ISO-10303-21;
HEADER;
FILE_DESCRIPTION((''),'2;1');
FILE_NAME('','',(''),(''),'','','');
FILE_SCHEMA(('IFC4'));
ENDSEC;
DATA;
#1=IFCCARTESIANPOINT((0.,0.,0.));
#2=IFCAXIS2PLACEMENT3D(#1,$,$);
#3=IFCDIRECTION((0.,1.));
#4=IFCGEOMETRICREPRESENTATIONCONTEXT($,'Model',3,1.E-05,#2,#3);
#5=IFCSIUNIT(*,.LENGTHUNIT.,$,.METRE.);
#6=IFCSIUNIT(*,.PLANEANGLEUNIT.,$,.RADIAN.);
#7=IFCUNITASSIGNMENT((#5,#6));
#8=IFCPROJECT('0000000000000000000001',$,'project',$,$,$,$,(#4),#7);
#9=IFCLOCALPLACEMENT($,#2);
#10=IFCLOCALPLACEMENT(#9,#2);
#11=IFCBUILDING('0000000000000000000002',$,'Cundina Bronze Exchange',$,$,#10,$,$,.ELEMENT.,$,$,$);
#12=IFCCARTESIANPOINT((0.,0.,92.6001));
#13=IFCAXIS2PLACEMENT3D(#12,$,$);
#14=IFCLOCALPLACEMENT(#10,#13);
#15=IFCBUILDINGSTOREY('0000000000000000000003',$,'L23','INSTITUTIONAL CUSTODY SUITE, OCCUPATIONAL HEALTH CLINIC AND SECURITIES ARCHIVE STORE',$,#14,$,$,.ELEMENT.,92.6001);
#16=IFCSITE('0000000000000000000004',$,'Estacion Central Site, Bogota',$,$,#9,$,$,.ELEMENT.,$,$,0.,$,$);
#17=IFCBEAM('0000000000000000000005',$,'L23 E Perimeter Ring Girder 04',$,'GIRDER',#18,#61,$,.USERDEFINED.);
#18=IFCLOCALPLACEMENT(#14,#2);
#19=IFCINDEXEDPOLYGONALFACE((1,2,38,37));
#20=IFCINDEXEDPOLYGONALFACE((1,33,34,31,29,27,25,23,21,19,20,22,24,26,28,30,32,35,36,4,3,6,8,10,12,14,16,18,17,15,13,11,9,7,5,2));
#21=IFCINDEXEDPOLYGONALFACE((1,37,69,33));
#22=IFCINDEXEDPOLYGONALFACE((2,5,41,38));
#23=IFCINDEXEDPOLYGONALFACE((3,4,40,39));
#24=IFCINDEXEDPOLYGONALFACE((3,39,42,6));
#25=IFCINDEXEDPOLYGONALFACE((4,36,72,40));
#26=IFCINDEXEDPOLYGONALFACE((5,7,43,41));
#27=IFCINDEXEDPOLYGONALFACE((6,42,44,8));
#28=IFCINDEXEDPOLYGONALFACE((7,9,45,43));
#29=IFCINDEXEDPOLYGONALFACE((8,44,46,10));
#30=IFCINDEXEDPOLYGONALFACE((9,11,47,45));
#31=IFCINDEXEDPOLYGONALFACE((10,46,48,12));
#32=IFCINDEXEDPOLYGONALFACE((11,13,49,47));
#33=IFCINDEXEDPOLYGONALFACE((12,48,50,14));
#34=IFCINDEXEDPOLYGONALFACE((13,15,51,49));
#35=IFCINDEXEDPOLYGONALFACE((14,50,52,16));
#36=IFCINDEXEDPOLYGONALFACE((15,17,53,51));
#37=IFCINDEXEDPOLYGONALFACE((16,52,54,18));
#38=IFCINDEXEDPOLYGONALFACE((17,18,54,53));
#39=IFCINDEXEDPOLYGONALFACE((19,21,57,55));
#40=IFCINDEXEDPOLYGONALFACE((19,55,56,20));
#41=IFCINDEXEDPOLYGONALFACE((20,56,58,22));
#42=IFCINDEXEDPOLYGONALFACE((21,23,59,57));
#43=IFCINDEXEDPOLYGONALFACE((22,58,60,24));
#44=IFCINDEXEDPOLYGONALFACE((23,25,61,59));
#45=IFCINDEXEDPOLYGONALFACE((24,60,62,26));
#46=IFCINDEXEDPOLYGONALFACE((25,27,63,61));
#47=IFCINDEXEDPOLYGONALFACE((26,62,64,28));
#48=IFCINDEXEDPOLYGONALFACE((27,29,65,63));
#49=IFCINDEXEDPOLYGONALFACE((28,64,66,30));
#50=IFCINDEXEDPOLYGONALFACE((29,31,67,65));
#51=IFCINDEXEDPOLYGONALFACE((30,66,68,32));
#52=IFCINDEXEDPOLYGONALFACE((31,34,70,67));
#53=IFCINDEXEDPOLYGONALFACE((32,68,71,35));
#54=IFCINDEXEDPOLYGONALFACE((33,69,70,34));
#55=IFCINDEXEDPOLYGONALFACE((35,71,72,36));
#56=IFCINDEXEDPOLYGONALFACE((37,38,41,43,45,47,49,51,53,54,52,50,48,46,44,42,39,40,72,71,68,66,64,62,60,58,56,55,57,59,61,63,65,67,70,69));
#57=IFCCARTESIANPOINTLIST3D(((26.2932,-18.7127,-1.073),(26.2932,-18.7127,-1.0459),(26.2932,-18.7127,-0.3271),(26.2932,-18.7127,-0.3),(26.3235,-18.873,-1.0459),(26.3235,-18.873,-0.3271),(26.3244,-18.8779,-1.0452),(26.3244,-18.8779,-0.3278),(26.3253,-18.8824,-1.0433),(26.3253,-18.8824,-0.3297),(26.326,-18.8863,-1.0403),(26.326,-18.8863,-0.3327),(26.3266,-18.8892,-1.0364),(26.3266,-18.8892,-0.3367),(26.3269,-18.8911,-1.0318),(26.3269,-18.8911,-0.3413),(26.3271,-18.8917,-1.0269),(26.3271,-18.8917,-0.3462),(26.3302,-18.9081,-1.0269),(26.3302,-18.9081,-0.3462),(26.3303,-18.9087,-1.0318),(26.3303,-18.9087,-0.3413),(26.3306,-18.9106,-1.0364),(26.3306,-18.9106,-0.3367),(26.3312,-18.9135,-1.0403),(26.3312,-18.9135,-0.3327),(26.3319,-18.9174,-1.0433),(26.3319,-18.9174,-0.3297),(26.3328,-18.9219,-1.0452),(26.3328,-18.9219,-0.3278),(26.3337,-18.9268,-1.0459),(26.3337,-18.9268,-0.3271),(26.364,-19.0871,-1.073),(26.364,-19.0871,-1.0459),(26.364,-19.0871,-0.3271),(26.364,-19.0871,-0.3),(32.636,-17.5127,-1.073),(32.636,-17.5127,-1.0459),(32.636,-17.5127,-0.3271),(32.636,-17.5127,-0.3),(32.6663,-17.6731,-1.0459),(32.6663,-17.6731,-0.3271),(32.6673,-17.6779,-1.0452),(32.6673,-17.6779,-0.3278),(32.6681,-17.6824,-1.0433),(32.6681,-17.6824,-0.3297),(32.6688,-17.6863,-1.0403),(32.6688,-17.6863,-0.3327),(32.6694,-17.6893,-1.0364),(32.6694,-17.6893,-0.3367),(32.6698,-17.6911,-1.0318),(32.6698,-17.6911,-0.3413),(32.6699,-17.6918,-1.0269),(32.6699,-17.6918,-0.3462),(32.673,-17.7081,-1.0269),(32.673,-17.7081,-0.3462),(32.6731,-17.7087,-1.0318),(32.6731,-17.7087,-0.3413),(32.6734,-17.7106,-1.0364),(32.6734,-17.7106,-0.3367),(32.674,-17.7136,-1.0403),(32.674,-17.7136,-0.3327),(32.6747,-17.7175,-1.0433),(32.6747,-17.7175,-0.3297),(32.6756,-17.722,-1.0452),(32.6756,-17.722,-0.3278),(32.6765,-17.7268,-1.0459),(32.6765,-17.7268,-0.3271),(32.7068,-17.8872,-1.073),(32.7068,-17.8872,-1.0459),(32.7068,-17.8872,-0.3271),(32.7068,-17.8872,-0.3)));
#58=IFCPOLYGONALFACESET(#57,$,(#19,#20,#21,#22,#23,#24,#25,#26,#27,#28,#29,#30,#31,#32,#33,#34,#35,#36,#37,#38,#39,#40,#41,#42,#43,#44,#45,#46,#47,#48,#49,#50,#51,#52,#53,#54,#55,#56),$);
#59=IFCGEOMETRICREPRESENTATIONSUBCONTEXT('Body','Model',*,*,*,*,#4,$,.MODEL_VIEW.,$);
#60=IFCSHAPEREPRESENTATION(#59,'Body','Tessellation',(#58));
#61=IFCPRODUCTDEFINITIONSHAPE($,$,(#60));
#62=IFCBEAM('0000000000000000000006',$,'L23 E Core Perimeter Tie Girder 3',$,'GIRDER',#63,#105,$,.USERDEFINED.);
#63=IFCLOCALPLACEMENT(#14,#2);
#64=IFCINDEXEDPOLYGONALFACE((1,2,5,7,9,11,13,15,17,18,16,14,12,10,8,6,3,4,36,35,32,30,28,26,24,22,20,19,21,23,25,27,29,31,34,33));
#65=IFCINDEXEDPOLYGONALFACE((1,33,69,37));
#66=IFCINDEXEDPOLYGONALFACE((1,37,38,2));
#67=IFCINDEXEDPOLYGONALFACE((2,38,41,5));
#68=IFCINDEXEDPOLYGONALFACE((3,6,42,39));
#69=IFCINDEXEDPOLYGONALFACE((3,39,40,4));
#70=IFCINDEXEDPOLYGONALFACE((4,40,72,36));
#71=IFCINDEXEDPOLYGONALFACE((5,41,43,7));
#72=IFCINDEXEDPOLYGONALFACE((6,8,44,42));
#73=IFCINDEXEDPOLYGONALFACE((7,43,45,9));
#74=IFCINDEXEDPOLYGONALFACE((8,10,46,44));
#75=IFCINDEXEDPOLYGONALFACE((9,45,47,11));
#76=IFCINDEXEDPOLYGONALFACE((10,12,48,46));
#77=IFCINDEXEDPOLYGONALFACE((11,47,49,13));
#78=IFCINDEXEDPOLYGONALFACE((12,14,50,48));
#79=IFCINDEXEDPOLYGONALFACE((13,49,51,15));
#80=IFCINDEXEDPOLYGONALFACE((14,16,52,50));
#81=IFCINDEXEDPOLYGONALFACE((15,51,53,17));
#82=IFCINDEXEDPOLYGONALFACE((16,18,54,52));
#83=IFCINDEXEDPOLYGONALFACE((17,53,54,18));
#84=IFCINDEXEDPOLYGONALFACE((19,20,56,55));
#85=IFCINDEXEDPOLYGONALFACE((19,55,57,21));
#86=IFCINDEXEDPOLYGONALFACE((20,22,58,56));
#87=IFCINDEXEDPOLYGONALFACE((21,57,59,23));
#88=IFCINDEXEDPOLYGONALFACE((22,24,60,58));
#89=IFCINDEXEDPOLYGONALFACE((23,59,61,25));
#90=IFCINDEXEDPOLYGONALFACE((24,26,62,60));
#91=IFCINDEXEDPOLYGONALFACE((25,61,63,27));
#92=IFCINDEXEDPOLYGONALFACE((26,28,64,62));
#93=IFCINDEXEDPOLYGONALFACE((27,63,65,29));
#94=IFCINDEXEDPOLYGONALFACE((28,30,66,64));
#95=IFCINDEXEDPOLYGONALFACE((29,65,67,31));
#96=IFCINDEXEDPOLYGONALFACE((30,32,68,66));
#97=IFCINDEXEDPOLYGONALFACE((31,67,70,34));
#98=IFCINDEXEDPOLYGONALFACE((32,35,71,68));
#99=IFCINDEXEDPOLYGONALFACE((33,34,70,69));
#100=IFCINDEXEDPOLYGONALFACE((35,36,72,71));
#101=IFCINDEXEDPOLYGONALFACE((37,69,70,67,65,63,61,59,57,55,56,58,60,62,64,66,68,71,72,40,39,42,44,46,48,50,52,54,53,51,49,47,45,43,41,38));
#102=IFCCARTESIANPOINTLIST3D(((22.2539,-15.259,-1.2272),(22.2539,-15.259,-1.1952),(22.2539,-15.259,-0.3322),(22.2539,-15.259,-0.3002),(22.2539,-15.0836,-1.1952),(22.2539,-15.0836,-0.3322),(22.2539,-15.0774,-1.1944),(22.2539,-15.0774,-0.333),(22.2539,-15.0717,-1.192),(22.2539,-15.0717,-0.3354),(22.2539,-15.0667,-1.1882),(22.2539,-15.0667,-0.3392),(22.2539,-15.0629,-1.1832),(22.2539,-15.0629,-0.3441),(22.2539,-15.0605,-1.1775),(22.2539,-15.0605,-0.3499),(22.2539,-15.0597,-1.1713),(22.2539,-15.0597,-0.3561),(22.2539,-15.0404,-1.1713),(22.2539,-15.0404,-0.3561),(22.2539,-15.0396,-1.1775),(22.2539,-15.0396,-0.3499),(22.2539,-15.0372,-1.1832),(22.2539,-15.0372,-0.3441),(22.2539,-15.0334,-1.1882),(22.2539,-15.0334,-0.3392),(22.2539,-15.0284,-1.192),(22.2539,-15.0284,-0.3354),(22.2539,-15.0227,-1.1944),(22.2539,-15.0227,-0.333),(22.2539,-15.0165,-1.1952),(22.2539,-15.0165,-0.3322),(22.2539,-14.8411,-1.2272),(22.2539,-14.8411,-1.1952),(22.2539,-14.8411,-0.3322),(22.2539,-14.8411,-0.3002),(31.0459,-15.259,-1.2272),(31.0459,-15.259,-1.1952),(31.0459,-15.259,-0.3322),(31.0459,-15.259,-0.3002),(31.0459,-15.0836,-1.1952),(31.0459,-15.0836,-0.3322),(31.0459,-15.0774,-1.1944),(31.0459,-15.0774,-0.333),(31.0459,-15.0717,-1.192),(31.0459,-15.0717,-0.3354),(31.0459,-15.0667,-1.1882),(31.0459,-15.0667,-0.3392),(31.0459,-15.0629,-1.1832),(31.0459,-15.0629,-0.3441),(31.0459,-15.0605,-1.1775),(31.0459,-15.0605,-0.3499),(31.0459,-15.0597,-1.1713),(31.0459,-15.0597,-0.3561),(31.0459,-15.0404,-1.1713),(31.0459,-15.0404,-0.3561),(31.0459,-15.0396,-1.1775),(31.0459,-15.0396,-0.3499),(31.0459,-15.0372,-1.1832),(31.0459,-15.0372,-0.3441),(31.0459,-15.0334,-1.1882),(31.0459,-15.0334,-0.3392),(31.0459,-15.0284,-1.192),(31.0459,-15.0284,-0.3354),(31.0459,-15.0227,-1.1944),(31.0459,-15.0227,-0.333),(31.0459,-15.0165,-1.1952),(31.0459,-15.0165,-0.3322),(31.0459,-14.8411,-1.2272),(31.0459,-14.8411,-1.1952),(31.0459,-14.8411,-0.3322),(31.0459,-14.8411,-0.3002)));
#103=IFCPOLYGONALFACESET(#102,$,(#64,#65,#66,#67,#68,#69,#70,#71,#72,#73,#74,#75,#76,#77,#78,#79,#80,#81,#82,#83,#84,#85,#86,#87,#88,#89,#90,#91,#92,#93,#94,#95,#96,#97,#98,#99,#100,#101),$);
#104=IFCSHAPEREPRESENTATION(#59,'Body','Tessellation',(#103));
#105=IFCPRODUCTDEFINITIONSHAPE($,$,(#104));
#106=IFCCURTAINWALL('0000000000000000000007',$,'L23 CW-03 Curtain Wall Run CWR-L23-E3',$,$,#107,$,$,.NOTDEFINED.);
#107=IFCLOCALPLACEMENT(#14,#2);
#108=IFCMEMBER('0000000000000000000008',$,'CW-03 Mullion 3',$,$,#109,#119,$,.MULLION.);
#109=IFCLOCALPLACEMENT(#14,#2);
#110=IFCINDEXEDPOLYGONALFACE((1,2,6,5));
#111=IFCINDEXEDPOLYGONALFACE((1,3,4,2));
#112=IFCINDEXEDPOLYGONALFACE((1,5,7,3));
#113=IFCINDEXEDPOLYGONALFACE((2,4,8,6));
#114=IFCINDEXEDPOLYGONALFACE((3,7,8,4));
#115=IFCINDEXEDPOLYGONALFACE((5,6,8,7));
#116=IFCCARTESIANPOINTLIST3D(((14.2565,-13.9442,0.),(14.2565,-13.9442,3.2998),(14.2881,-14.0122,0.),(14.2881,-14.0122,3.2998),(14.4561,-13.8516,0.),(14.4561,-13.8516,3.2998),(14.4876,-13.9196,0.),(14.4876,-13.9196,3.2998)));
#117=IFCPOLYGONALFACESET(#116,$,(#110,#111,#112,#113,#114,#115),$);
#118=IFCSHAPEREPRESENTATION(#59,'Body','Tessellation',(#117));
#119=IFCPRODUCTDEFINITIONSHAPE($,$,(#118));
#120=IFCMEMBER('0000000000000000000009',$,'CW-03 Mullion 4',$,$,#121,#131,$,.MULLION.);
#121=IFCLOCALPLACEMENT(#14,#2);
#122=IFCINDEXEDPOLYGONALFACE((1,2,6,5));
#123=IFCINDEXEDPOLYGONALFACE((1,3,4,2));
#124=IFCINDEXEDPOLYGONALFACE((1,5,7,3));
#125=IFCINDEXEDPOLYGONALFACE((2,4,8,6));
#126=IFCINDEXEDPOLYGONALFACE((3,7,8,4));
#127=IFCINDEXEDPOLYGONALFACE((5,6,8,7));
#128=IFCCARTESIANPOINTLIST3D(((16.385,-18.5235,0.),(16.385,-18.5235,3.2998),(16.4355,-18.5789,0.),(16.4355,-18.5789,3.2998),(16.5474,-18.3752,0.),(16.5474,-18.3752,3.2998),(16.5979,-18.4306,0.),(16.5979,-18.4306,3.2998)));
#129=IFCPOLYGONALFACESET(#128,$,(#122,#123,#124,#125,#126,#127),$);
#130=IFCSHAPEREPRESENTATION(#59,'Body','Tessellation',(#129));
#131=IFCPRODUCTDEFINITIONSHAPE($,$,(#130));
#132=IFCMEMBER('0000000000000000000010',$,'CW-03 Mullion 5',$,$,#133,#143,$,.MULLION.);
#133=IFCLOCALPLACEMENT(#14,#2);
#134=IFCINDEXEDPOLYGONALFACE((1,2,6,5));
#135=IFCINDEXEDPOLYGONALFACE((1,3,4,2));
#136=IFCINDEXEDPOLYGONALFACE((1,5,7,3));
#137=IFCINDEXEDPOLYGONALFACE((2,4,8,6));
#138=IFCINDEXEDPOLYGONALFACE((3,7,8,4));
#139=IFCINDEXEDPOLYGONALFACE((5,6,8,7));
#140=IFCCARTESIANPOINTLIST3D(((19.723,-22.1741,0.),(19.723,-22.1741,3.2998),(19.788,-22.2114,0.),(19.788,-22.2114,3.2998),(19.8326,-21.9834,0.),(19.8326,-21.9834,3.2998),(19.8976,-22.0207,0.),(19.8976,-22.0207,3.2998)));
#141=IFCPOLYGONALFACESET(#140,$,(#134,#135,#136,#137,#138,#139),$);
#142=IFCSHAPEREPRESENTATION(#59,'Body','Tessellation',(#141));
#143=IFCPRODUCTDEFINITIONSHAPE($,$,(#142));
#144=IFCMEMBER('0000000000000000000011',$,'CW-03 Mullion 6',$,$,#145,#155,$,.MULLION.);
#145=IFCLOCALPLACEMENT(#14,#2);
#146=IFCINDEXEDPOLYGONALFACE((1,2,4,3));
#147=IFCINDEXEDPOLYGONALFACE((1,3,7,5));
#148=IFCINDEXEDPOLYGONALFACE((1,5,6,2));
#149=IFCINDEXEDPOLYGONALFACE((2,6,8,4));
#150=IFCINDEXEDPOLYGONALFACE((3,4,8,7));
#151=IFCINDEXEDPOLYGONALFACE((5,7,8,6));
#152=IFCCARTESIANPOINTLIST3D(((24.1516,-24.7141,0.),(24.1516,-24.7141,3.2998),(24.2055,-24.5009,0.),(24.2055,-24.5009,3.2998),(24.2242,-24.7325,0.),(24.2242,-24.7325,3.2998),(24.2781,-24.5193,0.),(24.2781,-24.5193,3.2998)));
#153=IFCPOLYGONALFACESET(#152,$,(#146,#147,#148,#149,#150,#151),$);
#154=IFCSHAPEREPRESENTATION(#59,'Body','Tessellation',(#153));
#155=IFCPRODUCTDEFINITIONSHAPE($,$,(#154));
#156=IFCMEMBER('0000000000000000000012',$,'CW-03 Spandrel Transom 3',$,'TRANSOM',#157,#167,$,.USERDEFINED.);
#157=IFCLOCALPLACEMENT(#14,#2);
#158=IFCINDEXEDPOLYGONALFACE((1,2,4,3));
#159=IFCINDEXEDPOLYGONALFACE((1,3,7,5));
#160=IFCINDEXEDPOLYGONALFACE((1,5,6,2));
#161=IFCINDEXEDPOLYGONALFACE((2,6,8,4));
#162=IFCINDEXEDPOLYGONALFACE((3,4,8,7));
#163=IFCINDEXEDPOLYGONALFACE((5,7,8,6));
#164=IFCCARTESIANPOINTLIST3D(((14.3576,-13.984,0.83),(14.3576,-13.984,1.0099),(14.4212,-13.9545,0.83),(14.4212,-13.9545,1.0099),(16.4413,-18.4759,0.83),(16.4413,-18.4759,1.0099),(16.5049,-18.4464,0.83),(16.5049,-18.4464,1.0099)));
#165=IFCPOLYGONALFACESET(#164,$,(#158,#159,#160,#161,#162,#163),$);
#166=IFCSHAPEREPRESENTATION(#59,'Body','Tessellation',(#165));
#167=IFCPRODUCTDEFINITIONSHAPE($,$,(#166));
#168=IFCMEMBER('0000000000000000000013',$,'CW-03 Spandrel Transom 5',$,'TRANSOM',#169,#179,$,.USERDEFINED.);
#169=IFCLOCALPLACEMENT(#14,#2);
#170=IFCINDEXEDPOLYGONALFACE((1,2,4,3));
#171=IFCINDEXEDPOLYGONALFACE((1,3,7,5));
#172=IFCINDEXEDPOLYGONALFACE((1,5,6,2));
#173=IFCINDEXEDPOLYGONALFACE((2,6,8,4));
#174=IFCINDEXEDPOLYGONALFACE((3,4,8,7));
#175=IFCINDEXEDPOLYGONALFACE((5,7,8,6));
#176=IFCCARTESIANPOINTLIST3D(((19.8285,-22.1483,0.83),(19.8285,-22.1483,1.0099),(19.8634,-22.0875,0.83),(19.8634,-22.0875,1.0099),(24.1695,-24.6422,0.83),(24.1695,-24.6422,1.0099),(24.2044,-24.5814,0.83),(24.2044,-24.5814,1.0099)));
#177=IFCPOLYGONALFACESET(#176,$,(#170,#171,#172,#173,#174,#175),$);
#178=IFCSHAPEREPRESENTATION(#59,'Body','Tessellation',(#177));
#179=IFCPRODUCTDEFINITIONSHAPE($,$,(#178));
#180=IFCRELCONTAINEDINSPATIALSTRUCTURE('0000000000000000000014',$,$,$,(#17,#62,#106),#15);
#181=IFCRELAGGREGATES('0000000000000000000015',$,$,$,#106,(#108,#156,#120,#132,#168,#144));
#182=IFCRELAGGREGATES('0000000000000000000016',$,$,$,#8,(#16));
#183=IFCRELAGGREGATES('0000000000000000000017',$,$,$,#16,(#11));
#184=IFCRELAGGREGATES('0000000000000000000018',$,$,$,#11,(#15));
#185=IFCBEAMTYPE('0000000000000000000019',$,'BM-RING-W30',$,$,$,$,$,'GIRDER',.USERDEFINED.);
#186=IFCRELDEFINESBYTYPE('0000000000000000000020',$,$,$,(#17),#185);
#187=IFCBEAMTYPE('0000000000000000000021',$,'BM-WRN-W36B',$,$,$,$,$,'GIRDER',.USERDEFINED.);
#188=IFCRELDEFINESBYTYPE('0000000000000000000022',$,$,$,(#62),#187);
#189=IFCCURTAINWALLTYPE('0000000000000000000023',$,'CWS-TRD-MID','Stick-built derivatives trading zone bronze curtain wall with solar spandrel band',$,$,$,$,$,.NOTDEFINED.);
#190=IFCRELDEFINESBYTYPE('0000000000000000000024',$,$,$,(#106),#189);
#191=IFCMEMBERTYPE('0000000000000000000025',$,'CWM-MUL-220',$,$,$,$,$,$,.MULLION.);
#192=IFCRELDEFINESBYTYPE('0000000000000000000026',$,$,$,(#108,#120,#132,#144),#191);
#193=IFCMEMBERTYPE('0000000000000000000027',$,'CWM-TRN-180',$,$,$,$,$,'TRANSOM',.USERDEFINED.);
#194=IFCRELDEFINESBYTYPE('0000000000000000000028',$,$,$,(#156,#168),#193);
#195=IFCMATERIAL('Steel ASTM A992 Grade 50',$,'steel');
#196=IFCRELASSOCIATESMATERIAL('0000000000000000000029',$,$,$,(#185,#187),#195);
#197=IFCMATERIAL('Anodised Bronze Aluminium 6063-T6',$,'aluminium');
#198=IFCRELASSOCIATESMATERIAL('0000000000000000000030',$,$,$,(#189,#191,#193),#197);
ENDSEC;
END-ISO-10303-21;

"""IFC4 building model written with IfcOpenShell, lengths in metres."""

from ifc_helpers import new_model, si_unit, direction, frame, origin, origin_2d, place, context, subcontext, project, spatial, rectangle, i_section, extrude, material, material_profile, profile_set, type_object, element, aggregate, save


model = new_model("IFC4")

# Units and contexts
model_context = context("Model", 3, precision=1e-05, world=origin(), true_north=direction((0.0, 1.0)))
body_context = subcontext(model_context, "Body", "Model", "MODEL_VIEW")
ifc_project = project(units=[si_unit("LENGTHUNIT", "METRE"), si_unit("PLANEANGLEUNIT", "RADIAN")], contexts=[model_context])

# Site, building, storey
site_placement = place(None, origin())
site = spatial("IfcSite", under=ifc_project, at=site_placement, Name="Estacion Central Site, Bogota", CompositionType="ELEMENT", RefElevation=0.0)
building_placement = place(site_placement, origin())
building = spatial("IfcBuilding", under=site, at=building_placement, Name="Cundina Bronze Exchange", CompositionType="ELEMENT")
storey_placement = place(building_placement, frame((0.0, 0.0, 92.6001)))
storey = spatial("IfcBuildingStorey", under=building, at=storey_placement, Name="L23", Description="INSTITUTIONAL CUSTODY SUITE, OCCUPATIONAL HEALTH CLINIC AND SECURITIES ARCHIVE STORE", CompositionType="ELEMENT", Elevation=92.6001)

# Shared definitions
ifc_material_1 = material(Name="Steel ASTM A992 Grade 50", Category="steel")

# Beams
ifc_material_profile_1 = material_profile(ifc_material_1, i_section(OverallWidth=0.3811, OverallDepth=0.7729, WebThickness=0.0166, FlangeThickness=0.0271, FilletRadius=0.019, at=origin_2d()), Name="W30X173", Category="steel")
ifc_profile_set_1 = profile_set([ifc_material_profile_1], Name="Steel ASTM A992 Grade 50")
beam_type_1 = type_object("IfcBeamType", Name="BM-RING-W30", ElementType="GIRDER", PredefinedType="USERDEFINED", material=ifc_profile_set_1)
beam_1_placement = place(storey_placement, frame((26.3286, -18.8999, -0.6865), z_axis=(0.982571, 0.185887, 0.0), x_axis=(-0.185887, 0.982571, 0.0)))
element("IfcBeam", 1, at=beam_1_placement, inside=storey, type_object=beam_type_1, Name="L23 E Perimeter Ring Girder 04", ObjectType="GIRDER", PredefinedType="USERDEFINED", context=body_context, shape_type="SweptSolid", body=[
    extrude(i_section(OverallWidth=0.3811, OverallDepth=0.7729, WebThickness=0.0166, FlangeThickness=0.0271, FilletRadius=0.019, at=origin_2d()), origin(), (0.0, 0.0, 1.0), 6.4553),
])
ifc_material_profile_2 = material_profile(ifc_material_1, i_section(OverallWidth=0.418, OverallDepth=0.927, WebThickness=0.0193, FlangeThickness=0.032, FilletRadius=0.0239, at=origin_2d()), Name="W36X231", Category="steel")
ifc_profile_set_2 = profile_set([ifc_material_profile_2], Name="Steel ASTM A992 Grade 50")
beam_type_2 = type_object("IfcBeamType", Name="BM-WRN-W36B", ElementType="GIRDER", PredefinedType="USERDEFINED", material=ifc_profile_set_2)
beam_2_placement = place(storey_placement, frame((22.2539, -15.05, -0.7637), z_axis=(1.0, 0.0, 0.0), x_axis=(0.0, 1.0, 0.0)))
element("IfcBeam", 2, at=beam_2_placement, inside=storey, type_object=beam_type_2, Name="L23 E Core Perimeter Tie Girder 3", ObjectType="GIRDER", PredefinedType="USERDEFINED", context=body_context, shape_type="SweptSolid", body=[
    extrude(i_section(OverallWidth=0.418, OverallDepth=0.927, WebThickness=0.0193, FlangeThickness=0.032, FilletRadius=0.0239, at=origin_2d()), origin(), (0.0, 0.0, 1.0), 8.792),
])

# Curtain wall, members
ifc_material_2 = material(Name="Anodised Bronze Aluminium 6063-T6", Category="aluminium")
curtain_wall_type = type_object("IfcCurtainWallType", Name="CWS-TRD-MID", Description="Stick-built derivatives trading zone bronze curtain wall with solar spandrel band", PredefinedType="NOTDEFINED", material=ifc_material_2)
curtain_wall_placement = place(storey_placement, origin())
curtain_wall = element("IfcCurtainWall", 3, at=curtain_wall_placement, inside=storey, type_object=curtain_wall_type, Name="L23 CW-03 Curtain Wall Run CWR-L23-E3", PredefinedType="NOTDEFINED")
ifc_material_profile_3 = material_profile(ifc_material_2, rectangle(XDim=0.075, YDim=0.22, at=origin_2d()), Name="AL75X220", Category="aluminium")
ifc_profile_set_3 = profile_set([ifc_material_profile_3], Name="Anodised Bronze Aluminium 6063-T6")
member_type_1 = type_object("IfcMemberType", Name="CWM-MUL-220", PredefinedType="MULLION", material=ifc_profile_set_3)
member_1_placement = place(storey_placement, frame((14.3721, -13.9319, 0.0), z_axis=(0.0, 0.0, 1.0), x_axis=(0.420877, -0.907117, 0.0)))
member_1 = element("IfcMember", 4, at=member_1_placement, type_object=member_type_1, Name="CW-03 Mullion 3", PredefinedType="MULLION", context=body_context, shape_type="SweptSolid", body=[
    extrude(rectangle(XDim=0.075, YDim=0.22, at=origin_2d()), origin(), (0.0, 0.0, 1.0), 3.2998),
])
member_2_placement = place(storey_placement, frame((16.4915, -18.4771, 0.0), z_axis=(0.0, 0.0, 1.0), x_axis=(0.674302, -0.738455, 0.0)))
member_2 = element("IfcMember", 5, at=member_2_placement, type_object=member_type_1, Name="CW-03 Mullion 4", PredefinedType="MULLION", context=body_context, shape_type="SweptSolid", body=[
    extrude(rectangle(XDim=0.075, YDim=0.22, at=origin_2d()), origin(), (0.0, 0.0, 1.0), 3.2998),
])
member_3_placement = place(storey_placement, frame((19.8103, -22.0974, 0.0), z_axis=(0.0, 0.0, 1.0), x_axis=(0.867071, -0.498185, 0.0)))
member_3 = element("IfcMember", 6, at=member_3_placement, type_object=member_type_1, Name="CW-03 Mullion 5", PredefinedType="MULLION", context=body_context, shape_type="SweptSolid", body=[
    extrude(rectangle(XDim=0.075, YDim=0.22, at=origin_2d()), origin(), (0.0, 0.0, 1.0), 3.2998),
])
member_4_placement = place(storey_placement, frame((24.2148, -24.6167, 0.0), z_axis=(0.0, 0.0, 1.0), x_axis=(0.969488, -0.245138, 0.0)))
member_4 = element("IfcMember", 7, at=member_4_placement, type_object=member_type_1, Name="CW-03 Mullion 6", PredefinedType="MULLION", context=body_context, shape_type="SweptSolid", body=[
    extrude(rectangle(XDim=0.075, YDim=0.22, at=origin_2d()), origin(), (0.0, 0.0, 1.0), 3.2998),
])
ifc_material_profile_4 = material_profile(ifc_material_2, rectangle(XDim=0.0701, YDim=0.1799, at=origin_2d()), Name="AL70X180", Category="aluminium")
ifc_profile_set_4 = profile_set([ifc_material_profile_4], Name="Anodised Bronze Aluminium 6063-T6")
member_type_2 = type_object("IfcMemberType", Name="CWM-TRN-180", ElementType="TRANSOM", PredefinedType="USERDEFINED", material=ifc_profile_set_4)
member_5_placement = place(storey_placement, frame((14.3894, -13.9692, 0.9199), z_axis=(0.420811, -0.907148, 0.0), x_axis=(0.907148, 0.420811, 0.0)))
member_5 = element("IfcMember", 8, at=member_5_placement, type_object=member_type_2, Name="CW-03 Spandrel Transom 3", ObjectType="TRANSOM", PredefinedType="USERDEFINED", context=body_context, shape_type="SweptSolid", body=[
    extrude(rectangle(XDim=0.0701, YDim=0.1799, at=origin_2d()), origin(), (0.0, 0.0, 1.0), 4.9517),
])
member_6_placement = place(storey_placement, frame((19.8459, -22.1179, 0.9199), z_axis=(0.867097, -0.498139, 0.0), x_axis=(0.498139, 0.867097, 0.0)))
member_6 = element("IfcMember", 9, at=member_6_placement, type_object=member_type_2, Name="CW-03 Spandrel Transom 5", ObjectType="TRANSOM", PredefinedType="USERDEFINED", context=body_context, shape_type="SweptSolid", body=[
    extrude(rectangle(XDim=0.0701, YDim=0.1799, at=origin_2d()), origin(), (0.0, 0.0, 1.0), 5.0063),
])
aggregate(curtain_wall, [member_1, member_5, member_2, member_3, member_6, member_4])

save(model, "model.ifc")
